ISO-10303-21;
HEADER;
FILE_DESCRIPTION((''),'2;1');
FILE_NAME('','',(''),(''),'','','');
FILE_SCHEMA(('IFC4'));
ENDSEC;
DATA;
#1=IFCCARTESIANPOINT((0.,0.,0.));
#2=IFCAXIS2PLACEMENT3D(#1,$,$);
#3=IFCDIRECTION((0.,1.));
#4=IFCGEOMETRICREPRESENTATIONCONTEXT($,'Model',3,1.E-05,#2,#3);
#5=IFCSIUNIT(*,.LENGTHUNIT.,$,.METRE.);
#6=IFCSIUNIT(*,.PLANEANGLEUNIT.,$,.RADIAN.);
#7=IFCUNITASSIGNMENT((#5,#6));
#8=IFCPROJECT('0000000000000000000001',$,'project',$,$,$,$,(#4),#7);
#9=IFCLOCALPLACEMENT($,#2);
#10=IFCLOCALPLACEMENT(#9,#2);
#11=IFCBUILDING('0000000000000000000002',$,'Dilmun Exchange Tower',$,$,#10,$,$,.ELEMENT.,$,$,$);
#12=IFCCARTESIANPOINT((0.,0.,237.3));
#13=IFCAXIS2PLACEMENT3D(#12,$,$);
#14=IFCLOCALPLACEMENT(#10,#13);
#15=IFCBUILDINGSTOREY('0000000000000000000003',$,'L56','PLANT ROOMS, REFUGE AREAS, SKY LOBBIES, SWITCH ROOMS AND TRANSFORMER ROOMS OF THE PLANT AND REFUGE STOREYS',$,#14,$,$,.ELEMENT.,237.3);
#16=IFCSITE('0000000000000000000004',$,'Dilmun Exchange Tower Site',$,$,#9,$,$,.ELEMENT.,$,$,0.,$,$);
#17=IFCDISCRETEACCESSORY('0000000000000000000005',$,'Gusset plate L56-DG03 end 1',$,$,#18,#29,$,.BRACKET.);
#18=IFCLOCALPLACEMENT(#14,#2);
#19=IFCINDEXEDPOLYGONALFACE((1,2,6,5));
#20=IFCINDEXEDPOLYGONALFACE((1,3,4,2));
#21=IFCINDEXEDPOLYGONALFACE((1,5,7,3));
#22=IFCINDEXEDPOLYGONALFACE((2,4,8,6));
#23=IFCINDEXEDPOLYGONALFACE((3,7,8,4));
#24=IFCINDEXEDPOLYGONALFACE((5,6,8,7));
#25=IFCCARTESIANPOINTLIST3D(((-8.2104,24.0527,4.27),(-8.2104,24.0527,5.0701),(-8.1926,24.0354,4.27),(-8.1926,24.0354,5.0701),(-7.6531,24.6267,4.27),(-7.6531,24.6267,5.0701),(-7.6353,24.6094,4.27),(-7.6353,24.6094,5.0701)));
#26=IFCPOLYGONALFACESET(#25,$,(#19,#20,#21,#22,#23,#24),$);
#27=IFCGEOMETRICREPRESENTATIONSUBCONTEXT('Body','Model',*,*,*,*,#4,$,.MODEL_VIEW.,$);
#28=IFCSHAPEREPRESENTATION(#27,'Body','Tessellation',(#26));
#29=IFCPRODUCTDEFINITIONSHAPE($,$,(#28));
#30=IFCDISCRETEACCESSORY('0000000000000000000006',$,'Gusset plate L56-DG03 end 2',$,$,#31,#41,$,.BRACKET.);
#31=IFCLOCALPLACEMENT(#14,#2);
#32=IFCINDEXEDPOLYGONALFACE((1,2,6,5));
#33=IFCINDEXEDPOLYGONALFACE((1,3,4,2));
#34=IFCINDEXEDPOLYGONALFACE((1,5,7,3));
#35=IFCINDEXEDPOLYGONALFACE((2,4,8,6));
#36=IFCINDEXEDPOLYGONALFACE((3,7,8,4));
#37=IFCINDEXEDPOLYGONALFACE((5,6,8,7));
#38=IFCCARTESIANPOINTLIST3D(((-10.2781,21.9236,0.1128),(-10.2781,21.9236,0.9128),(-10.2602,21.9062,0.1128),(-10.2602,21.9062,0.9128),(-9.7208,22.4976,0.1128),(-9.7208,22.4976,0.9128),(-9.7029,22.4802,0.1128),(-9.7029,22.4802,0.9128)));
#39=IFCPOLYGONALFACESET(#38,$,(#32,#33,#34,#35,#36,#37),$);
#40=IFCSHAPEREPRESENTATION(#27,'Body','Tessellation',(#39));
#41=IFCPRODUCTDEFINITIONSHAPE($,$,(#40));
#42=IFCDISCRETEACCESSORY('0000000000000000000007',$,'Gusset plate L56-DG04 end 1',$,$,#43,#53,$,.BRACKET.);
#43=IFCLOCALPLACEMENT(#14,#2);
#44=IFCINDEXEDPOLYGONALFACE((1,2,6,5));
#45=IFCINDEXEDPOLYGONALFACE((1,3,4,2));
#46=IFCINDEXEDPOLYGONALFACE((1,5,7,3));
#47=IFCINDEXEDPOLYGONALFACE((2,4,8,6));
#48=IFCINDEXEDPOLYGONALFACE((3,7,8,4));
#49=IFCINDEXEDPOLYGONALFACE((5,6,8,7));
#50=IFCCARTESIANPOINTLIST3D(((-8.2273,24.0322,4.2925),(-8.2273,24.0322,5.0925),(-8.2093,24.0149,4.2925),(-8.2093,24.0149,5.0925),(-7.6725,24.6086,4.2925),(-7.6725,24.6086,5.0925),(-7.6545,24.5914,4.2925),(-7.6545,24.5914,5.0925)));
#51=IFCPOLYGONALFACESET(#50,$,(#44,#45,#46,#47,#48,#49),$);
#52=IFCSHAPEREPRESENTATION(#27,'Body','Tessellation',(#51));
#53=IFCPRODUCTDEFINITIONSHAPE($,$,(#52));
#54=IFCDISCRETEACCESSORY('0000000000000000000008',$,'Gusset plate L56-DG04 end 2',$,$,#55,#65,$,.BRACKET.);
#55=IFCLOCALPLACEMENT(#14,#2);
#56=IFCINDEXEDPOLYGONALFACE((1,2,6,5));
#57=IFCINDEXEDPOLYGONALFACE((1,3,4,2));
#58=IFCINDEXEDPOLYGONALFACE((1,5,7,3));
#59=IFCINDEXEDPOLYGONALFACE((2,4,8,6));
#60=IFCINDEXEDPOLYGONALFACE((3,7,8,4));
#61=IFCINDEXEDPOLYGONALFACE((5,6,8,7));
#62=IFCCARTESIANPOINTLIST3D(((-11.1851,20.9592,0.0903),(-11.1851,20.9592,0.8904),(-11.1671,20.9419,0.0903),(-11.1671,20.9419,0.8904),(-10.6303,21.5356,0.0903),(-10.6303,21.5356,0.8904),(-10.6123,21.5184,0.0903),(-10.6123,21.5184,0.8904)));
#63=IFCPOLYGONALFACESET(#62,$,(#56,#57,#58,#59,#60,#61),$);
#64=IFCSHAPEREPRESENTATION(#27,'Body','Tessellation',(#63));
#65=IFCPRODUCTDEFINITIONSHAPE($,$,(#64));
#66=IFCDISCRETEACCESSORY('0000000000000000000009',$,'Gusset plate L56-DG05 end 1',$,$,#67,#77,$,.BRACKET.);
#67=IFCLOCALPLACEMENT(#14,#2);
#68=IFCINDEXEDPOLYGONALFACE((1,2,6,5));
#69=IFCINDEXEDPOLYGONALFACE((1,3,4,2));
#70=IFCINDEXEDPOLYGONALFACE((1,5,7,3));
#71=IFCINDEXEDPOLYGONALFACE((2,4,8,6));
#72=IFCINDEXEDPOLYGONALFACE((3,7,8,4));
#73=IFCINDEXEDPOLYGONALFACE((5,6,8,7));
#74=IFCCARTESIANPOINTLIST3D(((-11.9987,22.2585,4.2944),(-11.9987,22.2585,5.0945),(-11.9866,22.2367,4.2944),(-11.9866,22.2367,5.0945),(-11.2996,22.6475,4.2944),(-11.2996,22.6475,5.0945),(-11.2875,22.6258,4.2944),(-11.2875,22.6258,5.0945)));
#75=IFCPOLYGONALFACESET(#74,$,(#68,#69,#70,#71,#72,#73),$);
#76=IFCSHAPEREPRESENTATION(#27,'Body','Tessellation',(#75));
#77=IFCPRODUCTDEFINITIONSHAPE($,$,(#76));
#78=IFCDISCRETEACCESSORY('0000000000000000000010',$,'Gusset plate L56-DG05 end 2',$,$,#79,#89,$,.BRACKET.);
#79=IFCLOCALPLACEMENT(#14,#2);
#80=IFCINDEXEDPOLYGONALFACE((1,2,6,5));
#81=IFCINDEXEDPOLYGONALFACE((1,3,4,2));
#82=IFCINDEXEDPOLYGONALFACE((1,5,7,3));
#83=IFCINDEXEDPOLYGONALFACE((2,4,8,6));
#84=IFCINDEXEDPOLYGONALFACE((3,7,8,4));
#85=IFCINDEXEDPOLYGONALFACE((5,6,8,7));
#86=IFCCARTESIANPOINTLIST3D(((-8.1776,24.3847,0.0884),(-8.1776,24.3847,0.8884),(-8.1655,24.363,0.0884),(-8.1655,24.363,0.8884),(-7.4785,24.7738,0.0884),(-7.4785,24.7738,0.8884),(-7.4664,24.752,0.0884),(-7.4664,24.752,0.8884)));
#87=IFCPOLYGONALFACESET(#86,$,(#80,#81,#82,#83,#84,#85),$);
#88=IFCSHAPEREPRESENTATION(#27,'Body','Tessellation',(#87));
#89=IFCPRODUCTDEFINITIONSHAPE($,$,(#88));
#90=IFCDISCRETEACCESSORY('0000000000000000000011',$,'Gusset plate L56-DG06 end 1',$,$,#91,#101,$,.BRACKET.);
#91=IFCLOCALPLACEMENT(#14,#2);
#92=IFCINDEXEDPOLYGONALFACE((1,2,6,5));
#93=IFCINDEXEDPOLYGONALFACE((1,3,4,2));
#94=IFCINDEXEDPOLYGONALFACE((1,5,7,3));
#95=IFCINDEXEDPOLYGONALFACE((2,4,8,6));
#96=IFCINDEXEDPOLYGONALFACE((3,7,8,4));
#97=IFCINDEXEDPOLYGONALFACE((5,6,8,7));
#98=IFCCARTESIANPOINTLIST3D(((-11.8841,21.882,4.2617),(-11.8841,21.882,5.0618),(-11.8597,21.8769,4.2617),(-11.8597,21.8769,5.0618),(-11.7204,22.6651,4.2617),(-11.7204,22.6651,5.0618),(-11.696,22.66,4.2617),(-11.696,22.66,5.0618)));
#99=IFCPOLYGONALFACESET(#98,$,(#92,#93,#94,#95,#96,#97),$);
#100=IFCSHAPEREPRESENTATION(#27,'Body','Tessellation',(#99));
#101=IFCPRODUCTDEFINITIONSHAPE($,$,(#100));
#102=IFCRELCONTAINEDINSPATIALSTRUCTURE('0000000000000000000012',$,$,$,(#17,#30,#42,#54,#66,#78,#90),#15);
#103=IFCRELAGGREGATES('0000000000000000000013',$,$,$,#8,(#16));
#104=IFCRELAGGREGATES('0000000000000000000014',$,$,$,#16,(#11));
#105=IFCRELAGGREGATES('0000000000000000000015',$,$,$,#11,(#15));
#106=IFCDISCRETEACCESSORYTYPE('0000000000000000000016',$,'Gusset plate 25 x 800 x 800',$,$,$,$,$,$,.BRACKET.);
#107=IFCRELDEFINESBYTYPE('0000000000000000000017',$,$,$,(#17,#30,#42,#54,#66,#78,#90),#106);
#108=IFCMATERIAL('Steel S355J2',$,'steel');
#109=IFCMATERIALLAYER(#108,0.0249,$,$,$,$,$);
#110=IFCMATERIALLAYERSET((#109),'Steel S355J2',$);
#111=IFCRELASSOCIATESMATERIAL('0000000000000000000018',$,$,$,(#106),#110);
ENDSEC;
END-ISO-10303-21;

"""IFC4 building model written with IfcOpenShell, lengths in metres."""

from ifc_helpers import new_model, si_unit, direction, frame, origin, origin_2d, place, context, subcontext, project, spatial, rectangle, extrude, material, layer, layer_set, type_object, element, save


model = new_model("IFC4")

# Units and contexts
model_context = context("Model", 3, precision=1e-05, world=origin(), true_north=direction((0.0, 1.0)))
body_context = subcontext(model_context, "Body", "Model", "MODEL_VIEW")
ifc_project = project(units=[si_unit("LENGTHUNIT", "METRE"), si_unit("PLANEANGLEUNIT", "RADIAN")], contexts=[model_context])

# Site, building, storey
site_placement = place(None, origin())
site = spatial("IfcSite", under=ifc_project, at=site_placement, Name="Dilmun Exchange Tower Site", CompositionType="ELEMENT", RefElevation=0.0)
building_placement = place(site_placement, origin())
building = spatial("IfcBuilding", under=site, at=building_placement, Name="Dilmun Exchange Tower", CompositionType="ELEMENT")
storey_placement = place(building_placement, frame((0.0, 0.0, 237.3)))
storey = spatial("IfcBuildingStorey", under=building, at=storey_placement, Name="L56", Description="PLANT ROOMS, REFUGE AREAS, SKY LOBBIES, SWITCH ROOMS AND TRANSFORMER ROOMS OF THE PLANT AND REFUGE STOREYS", CompositionType="ELEMENT", Elevation=237.3)

# Discrete accessories
ifc_material_1 = material(Name="Steel S355J2", Category="steel")
ifc_layer_1 = layer(ifc_material_1, 0.0249)
ifc_layer_set_1 = layer_set([ifc_layer_1], Name="Steel S355J2")
discrete_accessory_type = type_object("IfcDiscreteAccessoryType", Name="Gusset plate 25 x 800 x 800", PredefinedType="BRACKET", material=ifc_layer_set_1)
for number, where, z_axis, x_axis, name in (
    (1, (-7.9229, 24.3311, 4.27), (0.0, 0.0, 1.0), (-0.696609, -0.717451, 0.0), "Gusset plate L56-DG03 end 1"),
    (2, (-9.9905, 22.2019, 0.1128), (0.0, 0.0, 1.0), (-0.696609, -0.717451, 0.0), "Gusset plate L56-DG03 end 2"),
    (3, (-7.9409, 24.3118, 4.2925), (0.0, 0.0, 1.0), (-0.693451, -0.720504, 0.0), "Gusset plate L56-DG04 end 1"),
    (4, (-10.8987, 21.2388, 0.0903), (0.0, 0.0, 1.0), (-0.693451, -0.720504, 0.0), "Gusset plate L56-DG04 end 2"),
    (5, (-11.6431, 22.4421, 4.2944), (0.0, 0.0, 1.0), (0.873818, 0.486253, 0.0), "Gusset plate L56-DG05 end 1"),
    (6, (-7.822, 24.5684, 0.0884), (0.0, 0.0, 1.0), (0.873818, 0.486253, 0.0), "Gusset plate L56-DG05 end 2"),
    (7, (-11.79, 22.271, 4.2617), (0.0, 0.0, 1.0), (-0.204679, -0.978829, 0.0), "Gusset plate L56-DG06 end 1"),
):
    element("IfcDiscreteAccessory", number, at=place(storey_placement, frame(where, z_axis=z_axis, x_axis=x_axis)), inside=storey, type_object=discrete_accessory_type, Name=name, PredefinedType="BRACKET", context=body_context, shape_type="SweptSolid", body=[
        extrude(rectangle(XDim=0.8, YDim=0.0249, at=origin_2d()), origin(), (0.0, 0.0, 1.0), 0.8),
    ])

save(model, "model.ifc")
